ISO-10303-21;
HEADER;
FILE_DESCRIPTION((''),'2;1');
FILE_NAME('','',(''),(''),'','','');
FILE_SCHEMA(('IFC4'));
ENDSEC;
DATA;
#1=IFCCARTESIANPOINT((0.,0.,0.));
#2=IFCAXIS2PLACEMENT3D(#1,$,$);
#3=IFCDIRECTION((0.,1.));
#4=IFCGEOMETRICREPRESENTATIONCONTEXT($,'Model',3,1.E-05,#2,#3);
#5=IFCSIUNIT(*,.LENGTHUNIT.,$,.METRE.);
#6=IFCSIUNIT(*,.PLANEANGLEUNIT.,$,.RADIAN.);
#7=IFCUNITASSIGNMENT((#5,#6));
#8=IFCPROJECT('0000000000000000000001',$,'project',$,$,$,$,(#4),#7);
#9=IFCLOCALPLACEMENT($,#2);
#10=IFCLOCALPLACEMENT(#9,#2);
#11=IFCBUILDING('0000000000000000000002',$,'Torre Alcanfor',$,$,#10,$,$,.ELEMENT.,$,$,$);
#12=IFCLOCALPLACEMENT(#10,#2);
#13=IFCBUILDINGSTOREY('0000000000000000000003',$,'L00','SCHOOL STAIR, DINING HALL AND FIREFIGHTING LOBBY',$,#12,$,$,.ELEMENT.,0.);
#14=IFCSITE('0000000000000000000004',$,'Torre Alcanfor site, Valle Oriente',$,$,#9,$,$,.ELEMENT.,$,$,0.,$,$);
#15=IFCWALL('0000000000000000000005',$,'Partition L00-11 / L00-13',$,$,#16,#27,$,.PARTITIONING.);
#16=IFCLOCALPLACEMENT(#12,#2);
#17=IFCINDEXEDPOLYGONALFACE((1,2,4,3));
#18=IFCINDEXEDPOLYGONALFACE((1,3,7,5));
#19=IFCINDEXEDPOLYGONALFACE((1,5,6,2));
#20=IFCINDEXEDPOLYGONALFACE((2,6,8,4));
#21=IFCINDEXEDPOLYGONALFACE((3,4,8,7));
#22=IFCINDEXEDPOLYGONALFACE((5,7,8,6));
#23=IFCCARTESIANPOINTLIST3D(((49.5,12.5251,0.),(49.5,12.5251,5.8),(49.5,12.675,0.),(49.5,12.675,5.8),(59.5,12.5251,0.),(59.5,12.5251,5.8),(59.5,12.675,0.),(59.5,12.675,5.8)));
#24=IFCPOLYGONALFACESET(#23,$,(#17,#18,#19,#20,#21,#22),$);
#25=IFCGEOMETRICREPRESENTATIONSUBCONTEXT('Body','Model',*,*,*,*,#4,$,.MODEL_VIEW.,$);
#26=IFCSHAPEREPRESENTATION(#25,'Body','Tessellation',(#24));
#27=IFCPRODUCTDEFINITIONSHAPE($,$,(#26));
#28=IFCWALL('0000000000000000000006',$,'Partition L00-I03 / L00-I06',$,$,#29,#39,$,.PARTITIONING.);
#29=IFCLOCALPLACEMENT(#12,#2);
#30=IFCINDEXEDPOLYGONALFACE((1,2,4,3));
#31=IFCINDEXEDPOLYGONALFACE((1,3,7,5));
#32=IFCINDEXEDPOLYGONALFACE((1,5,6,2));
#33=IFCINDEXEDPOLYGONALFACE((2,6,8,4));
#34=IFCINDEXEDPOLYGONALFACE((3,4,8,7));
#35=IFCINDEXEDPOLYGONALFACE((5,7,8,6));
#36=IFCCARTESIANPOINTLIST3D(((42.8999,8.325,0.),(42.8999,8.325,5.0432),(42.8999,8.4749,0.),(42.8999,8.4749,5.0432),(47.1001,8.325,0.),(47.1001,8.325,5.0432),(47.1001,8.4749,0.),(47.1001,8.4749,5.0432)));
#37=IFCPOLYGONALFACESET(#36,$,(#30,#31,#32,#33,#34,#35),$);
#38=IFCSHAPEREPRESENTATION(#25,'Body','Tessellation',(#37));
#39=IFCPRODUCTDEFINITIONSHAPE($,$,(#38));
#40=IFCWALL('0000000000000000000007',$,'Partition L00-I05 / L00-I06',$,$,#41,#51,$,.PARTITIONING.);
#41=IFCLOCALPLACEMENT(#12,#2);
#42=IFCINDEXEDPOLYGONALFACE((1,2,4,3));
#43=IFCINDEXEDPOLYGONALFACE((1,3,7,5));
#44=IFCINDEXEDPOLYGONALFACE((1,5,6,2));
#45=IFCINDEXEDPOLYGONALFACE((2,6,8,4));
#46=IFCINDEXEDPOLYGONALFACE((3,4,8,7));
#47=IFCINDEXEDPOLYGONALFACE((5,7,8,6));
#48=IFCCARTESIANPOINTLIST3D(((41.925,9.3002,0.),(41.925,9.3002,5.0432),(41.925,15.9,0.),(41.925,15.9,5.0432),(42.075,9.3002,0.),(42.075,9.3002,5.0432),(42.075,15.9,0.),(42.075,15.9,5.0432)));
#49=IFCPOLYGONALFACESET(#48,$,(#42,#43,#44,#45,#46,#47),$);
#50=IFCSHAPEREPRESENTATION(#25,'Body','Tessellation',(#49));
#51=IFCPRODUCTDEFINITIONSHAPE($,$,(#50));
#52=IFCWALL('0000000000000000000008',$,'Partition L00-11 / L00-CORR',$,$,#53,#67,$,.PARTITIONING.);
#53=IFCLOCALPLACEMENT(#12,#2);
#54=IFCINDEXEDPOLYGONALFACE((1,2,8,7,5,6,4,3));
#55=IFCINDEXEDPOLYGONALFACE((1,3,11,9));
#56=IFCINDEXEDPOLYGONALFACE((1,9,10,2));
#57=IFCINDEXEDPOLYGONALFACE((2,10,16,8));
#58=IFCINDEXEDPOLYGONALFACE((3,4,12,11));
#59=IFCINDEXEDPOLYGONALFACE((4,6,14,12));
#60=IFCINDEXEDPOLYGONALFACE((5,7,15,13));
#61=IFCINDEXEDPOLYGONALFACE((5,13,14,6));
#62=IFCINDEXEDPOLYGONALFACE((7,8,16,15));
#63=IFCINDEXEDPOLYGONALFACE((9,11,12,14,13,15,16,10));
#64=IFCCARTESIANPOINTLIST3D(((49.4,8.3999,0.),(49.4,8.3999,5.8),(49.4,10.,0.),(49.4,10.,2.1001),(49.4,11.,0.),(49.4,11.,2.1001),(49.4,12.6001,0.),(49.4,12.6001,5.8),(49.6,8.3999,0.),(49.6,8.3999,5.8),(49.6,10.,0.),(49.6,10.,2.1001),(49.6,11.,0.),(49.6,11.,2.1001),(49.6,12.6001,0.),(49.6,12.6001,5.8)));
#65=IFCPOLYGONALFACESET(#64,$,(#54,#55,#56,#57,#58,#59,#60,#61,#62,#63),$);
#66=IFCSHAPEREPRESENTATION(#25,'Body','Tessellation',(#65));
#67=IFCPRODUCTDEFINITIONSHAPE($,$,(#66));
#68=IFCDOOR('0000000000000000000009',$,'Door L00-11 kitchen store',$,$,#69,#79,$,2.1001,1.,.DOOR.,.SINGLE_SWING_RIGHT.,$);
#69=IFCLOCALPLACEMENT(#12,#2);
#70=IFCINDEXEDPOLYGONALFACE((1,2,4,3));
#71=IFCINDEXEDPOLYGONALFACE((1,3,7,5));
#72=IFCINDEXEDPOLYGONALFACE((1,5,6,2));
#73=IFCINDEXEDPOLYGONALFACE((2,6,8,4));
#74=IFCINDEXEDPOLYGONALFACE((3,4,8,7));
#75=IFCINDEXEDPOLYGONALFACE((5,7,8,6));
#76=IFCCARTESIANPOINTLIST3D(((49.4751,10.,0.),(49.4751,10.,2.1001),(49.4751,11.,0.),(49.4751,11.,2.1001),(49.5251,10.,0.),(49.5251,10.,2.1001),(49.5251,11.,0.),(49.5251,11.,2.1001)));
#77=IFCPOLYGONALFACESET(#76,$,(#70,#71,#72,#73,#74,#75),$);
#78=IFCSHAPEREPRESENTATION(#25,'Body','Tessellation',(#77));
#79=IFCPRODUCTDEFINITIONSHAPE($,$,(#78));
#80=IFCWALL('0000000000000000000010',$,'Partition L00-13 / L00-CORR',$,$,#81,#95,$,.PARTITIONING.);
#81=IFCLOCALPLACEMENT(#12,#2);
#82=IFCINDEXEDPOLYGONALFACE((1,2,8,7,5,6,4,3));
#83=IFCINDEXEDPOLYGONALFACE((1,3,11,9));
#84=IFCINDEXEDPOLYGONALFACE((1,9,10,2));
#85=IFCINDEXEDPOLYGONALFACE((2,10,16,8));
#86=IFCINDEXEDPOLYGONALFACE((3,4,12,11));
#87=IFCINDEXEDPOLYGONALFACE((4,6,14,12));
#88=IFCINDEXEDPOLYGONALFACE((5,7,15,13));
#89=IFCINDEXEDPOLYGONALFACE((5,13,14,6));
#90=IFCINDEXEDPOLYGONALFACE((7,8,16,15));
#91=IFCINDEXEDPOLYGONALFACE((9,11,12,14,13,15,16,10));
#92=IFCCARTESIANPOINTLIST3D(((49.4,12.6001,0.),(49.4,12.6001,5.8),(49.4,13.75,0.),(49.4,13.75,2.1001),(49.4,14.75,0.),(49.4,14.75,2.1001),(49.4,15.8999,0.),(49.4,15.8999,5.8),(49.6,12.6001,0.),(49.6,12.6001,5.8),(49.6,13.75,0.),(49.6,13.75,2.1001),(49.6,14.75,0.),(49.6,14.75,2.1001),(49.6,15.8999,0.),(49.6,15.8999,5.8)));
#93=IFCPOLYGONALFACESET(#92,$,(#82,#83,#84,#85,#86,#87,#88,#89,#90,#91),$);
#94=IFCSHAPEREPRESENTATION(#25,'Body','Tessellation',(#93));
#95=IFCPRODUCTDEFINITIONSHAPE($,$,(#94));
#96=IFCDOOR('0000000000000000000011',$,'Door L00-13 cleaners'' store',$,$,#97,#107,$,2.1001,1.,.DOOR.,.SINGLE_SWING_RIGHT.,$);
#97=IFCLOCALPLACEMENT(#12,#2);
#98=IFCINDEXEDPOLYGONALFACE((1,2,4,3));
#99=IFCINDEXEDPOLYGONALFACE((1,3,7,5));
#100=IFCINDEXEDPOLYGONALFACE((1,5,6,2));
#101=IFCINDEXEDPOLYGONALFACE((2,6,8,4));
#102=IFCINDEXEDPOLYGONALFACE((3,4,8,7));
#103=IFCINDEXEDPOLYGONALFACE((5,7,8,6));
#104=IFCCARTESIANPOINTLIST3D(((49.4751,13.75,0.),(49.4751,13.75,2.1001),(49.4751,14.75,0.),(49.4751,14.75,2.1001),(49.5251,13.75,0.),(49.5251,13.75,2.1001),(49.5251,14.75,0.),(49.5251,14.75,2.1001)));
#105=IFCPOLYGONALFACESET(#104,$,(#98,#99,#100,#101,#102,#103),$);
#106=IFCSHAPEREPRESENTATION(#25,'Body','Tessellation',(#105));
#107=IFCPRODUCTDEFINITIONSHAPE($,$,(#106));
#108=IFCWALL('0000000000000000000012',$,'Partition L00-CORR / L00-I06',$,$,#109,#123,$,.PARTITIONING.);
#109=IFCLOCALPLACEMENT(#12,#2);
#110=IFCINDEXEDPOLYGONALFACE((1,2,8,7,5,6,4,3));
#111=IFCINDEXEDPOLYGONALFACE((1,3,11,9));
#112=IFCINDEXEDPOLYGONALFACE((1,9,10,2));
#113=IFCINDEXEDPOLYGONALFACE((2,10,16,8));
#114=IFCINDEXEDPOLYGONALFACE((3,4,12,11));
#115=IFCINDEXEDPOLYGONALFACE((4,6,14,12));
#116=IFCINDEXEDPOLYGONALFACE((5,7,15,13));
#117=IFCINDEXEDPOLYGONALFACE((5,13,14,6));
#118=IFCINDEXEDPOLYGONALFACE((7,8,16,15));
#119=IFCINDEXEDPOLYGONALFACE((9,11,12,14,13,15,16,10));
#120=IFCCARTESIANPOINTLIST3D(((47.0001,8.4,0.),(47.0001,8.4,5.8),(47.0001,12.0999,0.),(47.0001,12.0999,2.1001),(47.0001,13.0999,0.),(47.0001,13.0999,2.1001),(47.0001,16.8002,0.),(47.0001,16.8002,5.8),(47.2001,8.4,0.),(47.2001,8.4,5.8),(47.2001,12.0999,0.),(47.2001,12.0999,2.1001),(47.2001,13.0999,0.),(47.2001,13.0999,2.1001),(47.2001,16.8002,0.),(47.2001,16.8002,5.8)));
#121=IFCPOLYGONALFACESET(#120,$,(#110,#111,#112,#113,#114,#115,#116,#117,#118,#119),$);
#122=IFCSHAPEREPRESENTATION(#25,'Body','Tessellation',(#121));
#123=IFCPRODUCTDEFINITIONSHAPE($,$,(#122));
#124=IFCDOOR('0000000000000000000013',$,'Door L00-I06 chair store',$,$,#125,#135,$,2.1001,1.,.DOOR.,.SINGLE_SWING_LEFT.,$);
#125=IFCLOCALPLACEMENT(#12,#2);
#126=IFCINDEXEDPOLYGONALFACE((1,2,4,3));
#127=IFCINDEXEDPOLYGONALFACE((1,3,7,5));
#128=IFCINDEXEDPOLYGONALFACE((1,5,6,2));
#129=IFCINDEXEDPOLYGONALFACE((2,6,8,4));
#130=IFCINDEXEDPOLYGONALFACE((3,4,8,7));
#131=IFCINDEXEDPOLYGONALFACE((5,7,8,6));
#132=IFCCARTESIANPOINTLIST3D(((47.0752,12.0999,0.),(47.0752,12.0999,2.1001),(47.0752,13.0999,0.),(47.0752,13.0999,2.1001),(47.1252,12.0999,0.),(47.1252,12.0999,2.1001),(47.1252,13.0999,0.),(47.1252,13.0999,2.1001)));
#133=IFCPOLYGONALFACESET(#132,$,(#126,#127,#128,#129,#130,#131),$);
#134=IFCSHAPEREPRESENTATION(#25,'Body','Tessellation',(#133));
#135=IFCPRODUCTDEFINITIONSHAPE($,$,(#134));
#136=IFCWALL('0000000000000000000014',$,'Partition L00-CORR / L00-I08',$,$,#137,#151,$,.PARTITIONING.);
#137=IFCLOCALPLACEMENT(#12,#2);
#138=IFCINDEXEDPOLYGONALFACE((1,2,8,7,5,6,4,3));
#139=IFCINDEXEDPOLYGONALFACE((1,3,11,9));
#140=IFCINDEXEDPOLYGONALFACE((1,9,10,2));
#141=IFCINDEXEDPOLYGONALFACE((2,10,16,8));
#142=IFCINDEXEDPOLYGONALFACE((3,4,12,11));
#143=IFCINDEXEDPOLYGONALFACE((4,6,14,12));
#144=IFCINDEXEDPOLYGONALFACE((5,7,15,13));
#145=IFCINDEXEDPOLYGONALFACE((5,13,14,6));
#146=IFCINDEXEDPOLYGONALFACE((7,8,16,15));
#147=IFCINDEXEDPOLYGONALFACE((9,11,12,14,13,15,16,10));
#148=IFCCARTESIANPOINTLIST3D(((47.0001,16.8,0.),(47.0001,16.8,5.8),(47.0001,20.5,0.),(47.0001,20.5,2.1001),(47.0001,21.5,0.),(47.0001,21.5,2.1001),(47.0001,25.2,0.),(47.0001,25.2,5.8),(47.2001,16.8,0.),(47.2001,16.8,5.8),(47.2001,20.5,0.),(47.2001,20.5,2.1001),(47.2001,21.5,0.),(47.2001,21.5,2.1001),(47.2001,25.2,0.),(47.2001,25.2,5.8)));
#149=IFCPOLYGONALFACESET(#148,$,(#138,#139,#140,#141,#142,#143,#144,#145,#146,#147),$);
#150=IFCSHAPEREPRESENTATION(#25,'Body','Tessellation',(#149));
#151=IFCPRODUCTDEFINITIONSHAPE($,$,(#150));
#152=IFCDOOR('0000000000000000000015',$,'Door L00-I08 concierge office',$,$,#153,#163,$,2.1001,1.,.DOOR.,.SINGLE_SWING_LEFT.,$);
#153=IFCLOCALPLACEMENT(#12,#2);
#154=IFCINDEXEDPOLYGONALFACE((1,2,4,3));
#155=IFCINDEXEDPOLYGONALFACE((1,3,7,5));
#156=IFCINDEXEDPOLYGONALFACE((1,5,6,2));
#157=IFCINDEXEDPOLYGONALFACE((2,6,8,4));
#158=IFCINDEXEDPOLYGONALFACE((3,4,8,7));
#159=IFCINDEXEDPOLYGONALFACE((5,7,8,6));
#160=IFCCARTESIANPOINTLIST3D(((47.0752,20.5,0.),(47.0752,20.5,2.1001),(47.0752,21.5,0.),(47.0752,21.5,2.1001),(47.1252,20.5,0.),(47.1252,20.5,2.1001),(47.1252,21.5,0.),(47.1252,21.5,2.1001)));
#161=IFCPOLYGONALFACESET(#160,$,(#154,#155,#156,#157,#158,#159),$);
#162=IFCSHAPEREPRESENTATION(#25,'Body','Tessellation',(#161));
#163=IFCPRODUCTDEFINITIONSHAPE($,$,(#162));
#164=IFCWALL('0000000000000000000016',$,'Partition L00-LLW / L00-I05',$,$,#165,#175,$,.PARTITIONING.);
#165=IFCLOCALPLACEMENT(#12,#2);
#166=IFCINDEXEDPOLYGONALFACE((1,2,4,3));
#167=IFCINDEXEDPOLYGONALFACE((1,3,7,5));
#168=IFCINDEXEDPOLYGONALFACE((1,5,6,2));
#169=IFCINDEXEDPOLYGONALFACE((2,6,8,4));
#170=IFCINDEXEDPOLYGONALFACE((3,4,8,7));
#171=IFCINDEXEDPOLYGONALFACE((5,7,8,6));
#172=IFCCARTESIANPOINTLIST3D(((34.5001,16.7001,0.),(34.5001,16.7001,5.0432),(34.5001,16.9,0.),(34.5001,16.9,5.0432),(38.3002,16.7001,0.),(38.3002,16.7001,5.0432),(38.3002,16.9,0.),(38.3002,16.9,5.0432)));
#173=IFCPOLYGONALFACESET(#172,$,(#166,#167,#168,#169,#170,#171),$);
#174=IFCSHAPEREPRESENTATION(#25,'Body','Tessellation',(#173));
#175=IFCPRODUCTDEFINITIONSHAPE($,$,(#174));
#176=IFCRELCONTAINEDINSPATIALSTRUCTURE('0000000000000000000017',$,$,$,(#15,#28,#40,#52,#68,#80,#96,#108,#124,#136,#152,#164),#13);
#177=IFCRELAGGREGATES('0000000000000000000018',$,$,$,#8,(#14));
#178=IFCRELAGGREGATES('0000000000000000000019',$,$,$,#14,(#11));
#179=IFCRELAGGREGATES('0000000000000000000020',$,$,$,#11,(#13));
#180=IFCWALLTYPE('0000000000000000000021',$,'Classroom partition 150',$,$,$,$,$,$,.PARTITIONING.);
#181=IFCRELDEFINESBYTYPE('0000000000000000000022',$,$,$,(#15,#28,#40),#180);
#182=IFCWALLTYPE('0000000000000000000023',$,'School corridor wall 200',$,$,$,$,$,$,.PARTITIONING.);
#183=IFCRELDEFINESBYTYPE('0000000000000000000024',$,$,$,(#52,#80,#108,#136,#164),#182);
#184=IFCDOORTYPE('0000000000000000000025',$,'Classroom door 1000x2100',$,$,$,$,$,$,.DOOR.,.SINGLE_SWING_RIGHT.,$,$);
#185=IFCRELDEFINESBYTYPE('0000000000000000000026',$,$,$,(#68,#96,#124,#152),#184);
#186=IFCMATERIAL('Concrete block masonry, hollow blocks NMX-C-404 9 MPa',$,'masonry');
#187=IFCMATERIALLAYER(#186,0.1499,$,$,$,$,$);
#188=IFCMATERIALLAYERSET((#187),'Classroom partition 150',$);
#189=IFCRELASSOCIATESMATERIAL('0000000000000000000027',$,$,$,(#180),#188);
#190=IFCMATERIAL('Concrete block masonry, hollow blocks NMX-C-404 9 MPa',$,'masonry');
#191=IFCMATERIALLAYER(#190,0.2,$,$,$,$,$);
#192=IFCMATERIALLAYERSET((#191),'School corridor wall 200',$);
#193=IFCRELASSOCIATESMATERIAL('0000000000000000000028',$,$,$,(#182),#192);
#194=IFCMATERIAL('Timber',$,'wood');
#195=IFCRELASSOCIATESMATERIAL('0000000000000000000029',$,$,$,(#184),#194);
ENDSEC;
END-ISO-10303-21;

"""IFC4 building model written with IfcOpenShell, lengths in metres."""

from ifc_helpers import new_model, si_unit, direction, frame, frame_2d, origin, place, context, subcontext, project, spatial, rectangle, extrude, material, layer, layer_set, type_object, element, fill, save


model = new_model("IFC4")

# Units and contexts
model_context = context("Model", 3, precision=1e-05, world=origin(), true_north=direction((0.0, 1.0)))
body_context = subcontext(model_context, "Body", "Model", "MODEL_VIEW")
ifc_project = project(units=[si_unit("LENGTHUNIT", "METRE"), si_unit("PLANEANGLEUNIT", "RADIAN")], contexts=[model_context])

# Site, building, storey
site_placement = place(None, origin())
site = spatial("IfcSite", under=ifc_project, at=site_placement, Name="Torre Alcanfor site, Valle Oriente", CompositionType="ELEMENT", RefElevation=0.0)
building_placement = place(site_placement, origin())
building = spatial("IfcBuilding", under=site, at=building_placement, Name="Torre Alcanfor", CompositionType="ELEMENT")
storey_placement = place(building_placement, origin())
storey = spatial("IfcBuildingStorey", under=building, at=storey_placement, Name="L00", Description="SCHOOL STAIR, DINING HALL AND FIREFIGHTING LOBBY", CompositionType="ELEMENT", Elevation=0.0)

# Walls
ifc_material_1 = material(Name="Concrete block masonry, hollow blocks NMX-C-404 9 MPa", Category="masonry")
ifc_layer_1 = layer(ifc_material_1, 0.1499)
ifc_layer_set_1 = layer_set([ifc_layer_1], Name="Classroom partition 150")
wall_type_1 = type_object("IfcWallType", Name="Classroom partition 150", PredefinedType="PARTITIONING", material=ifc_layer_set_1)
wall_1_placement = place(storey_placement, frame((49.5, 12.6001, 0.0), z_axis=(0.0, 0.0, 1.0), x_axis=(1.0, 0.0, 0.0)))
element("IfcWall", 1, at=wall_1_placement, inside=storey, type_object=wall_type_1, Name="Partition L00-11 / L00-13", PredefinedType="PARTITIONING", context=body_context, shape_type="SweptSolid", body=[
    extrude(rectangle(XDim=10.0, YDim=0.1499, at=frame_2d((5.0, 0.0))), origin(), (0.0, 0.0, 1.0), 5.8),
])
wall_2_placement = place(storey_placement, frame((42.8999, 8.3999, 0.0), z_axis=(0.0, 0.0, 1.0), x_axis=(1.0, 0.0, 0.0)))
element("IfcWall", 2, at=wall_2_placement, inside=storey, type_object=wall_type_1, Name="Partition L00-I03 / L00-I06", PredefinedType="PARTITIONING", context=body_context, shape_type="SweptSolid", body=[
    extrude(rectangle(XDim=4.2002, YDim=0.1499, at=frame_2d((2.1001, 0.0))), origin(), (0.0, 0.0, 1.0), 5.0432),
])
wall_3_placement = place(storey_placement, frame((42.0, 15.8999, 0.0), z_axis=(0.0, 0.0, 1.0), x_axis=(0.0, -1.0, 0.0)))
element("IfcWall", 3, at=wall_3_placement, inside=storey, type_object=wall_type_1, Name="Partition L00-I05 / L00-I06", PredefinedType="PARTITIONING", context=body_context, shape_type="SweptSolid", body=[
    extrude(rectangle(XDim=6.5999, YDim=0.1499, at=frame_2d((3.2998, 0.0))), origin(), (0.0, 0.0, 1.0), 5.0432),
])

# Walls, openings, doors
ifc_material_2 = material(Name="Concrete block masonry, hollow blocks NMX-C-404 9 MPa", Category="masonry")
ifc_layer_2 = layer(ifc_material_2, 0.2)
ifc_layer_set_2 = layer_set([ifc_layer_2], Name="School corridor wall 200")
wall_type_2 = type_object("IfcWallType", Name="School corridor wall 200", PredefinedType="PARTITIONING", material=ifc_layer_set_2)
wall_4_placement = place(storey_placement, frame((49.5, 8.3999, 0.0), z_axis=(0.0, 0.0, 1.0), x_axis=(0.0, 1.0, 0.0)))
wall_4 = element("IfcWall", 4, at=wall_4_placement, inside=storey, type_object=wall_type_2, Name="Partition L00-11 / L00-CORR", PredefinedType="PARTITIONING", context=body_context, shape_type="SweptSolid", body=[
    extrude(rectangle(XDim=4.2002, YDim=0.2, at=frame_2d((2.1001, 0.0))), origin(), (0.0, 0.0, 1.0), 5.8),
])
opening_1_placement = place(wall_4_placement, frame((1.6001, 0.0, 0.0)))
opening_1 = element("IfcOpeningElement", 5, at=opening_1_placement, cuts=wall_4, PredefinedType="OPENING", context=body_context, shape_type="SweptSolid", body=[
    extrude(rectangle(XDim=1.0, YDim=2.1001, at=frame_2d((0.5, 1.05))), frame((0.0, 0.1099, 0.0), z_axis=(0.0, -1.0, 0.0), x_axis=(1.0, 0.0, 0.0)), (0.0, 0.0, 1.0), 0.22),
])
ifc_material_3 = material(Name="Timber", Category="wood")
door_type_1 = type_object("IfcDoorType", Name="Classroom door 1000x2100", OperationType="SINGLE_SWING_RIGHT", PredefinedType="DOOR", material=ifc_material_3)
door_1_placement = place(opening_1_placement, frame((1.0, 0.0, 0.0), z_axis=(0.0, 0.0, 1.0), x_axis=(-1.0, 0.0, 0.0)))
door_1 = element("IfcDoor", 6, at=door_1_placement, inside=storey, type_object=door_type_1, Name="Door L00-11 kitchen store", OperationType="SINGLE_SWING_RIGHT", OverallHeight=2.1001, OverallWidth=1.0, PredefinedType="DOOR", context=body_context, shape_type="SweptSolid", body=[
    extrude(rectangle(XDim=1.0, YDim=2.1001, at=frame_2d((0.5, 1.05))), frame((0.0, 0.0251, 0.0), z_axis=(0.0, -1.0, 0.0), x_axis=(1.0, 0.0, 0.0)), (0.0, 0.0, 1.0), 0.05),
])
fill(opening_1, door_1)
wall_5_placement = place(storey_placement, frame((49.5, 12.6001, 0.0), z_axis=(0.0, 0.0, 1.0), x_axis=(0.0, 1.0, 0.0)))
wall_5 = element("IfcWall", 7, at=wall_5_placement, inside=storey, type_object=wall_type_2, Name="Partition L00-13 / L00-CORR", PredefinedType="PARTITIONING", context=body_context, shape_type="SweptSolid", body=[
    extrude(rectangle(XDim=3.2998, YDim=0.2, at=frame_2d((1.6499, 0.0))), origin(), (0.0, 0.0, 1.0), 5.8),
])
opening_2_placement = place(wall_5_placement, frame((1.1499, 0.0, 0.0)))
opening_2 = element("IfcOpeningElement", 8, at=opening_2_placement, cuts=wall_5, PredefinedType="OPENING", context=body_context, shape_type="SweptSolid", body=[
    extrude(rectangle(XDim=1.0, YDim=2.1001, at=frame_2d((0.5, 1.05))), frame((0.0, 0.1099, 0.0), z_axis=(0.0, -1.0, 0.0), x_axis=(1.0, 0.0, 0.0)), (0.0, 0.0, 1.0), 0.22),
])
door_2_placement = place(opening_2_placement, frame((1.0, 0.0, 0.0), z_axis=(0.0, 0.0, 1.0), x_axis=(-1.0, 0.0, 0.0)))
door_2 = element("IfcDoor", 9, at=door_2_placement, inside=storey, type_object=door_type_1, Name="Door L00-13 cleaners' store", OperationType="SINGLE_SWING_RIGHT", OverallHeight=2.1001, OverallWidth=1.0, PredefinedType="DOOR", context=body_context, shape_type="SweptSolid", body=[
    extrude(rectangle(XDim=1.0, YDim=2.1001, at=frame_2d((0.5, 1.05))), frame((0.0, 0.0251, 0.0), z_axis=(0.0, -1.0, 0.0), x_axis=(1.0, 0.0, 0.0)), (0.0, 0.0, 1.0), 0.05),
])
fill(opening_2, door_2)
wall_6_placement = place(storey_placement, frame((47.1001, 8.3999, 0.0), z_axis=(0.0, 0.0, 1.0), x_axis=(0.0, 1.0, 0.0)))
wall_6 = element("IfcWall", 10, at=wall_6_placement, inside=storey, type_object=wall_type_2, Name="Partition L00-CORR / L00-I06", PredefinedType="PARTITIONING", context=body_context, shape_type="SweptSolid", body=[
    extrude(rectangle(XDim=8.4001, YDim=0.2, at=frame_2d((4.2002, 0.0))), origin(), (0.0, 0.0, 1.0), 5.8),
])
opening_3_placement = place(wall_6_placement, frame((3.7, 0.0, 0.0)))
opening_3 = element("IfcOpeningElement", 11, at=opening_3_placement, cuts=wall_6, PredefinedType="OPENING", context=body_context, shape_type="SweptSolid", body=[
    extrude(rectangle(XDim=1.0, YDim=2.1001, at=frame_2d((0.5, 1.05))), frame((0.0, 0.1099, 0.0), z_axis=(0.0, -1.0, 0.0), x_axis=(1.0, 0.0, 0.0)), (0.0, 0.0, 1.0), 0.22),
])
door_3_placement = place(opening_3_placement, origin())
door_3 = element("IfcDoor", 12, at=door_3_placement, inside=storey, type_object=door_type_1, Name="Door L00-I06 chair store", OperationType="SINGLE_SWING_LEFT", OverallHeight=2.1001, OverallWidth=1.0, PredefinedType="DOOR", context=body_context, shape_type="SweptSolid", body=[
    extrude(rectangle(XDim=1.0, YDim=2.1001, at=frame_2d((0.5, 1.05))), frame((0.0, 0.0249, 0.0), z_axis=(0.0, -1.0, 0.0), x_axis=(1.0, 0.0, 0.0)), (0.0, 0.0, 1.0), 0.05),
])
fill(opening_3, door_3)
wall_7_placement = place(storey_placement, frame((47.1001, 16.8, 0.0), z_axis=(0.0, 0.0, 1.0), x_axis=(0.0, 1.0, 0.0)))
wall_7 = element("IfcWall", 13, at=wall_7_placement, inside=storey, type_object=wall_type_2, Name="Partition L00-CORR / L00-I08", PredefinedType="PARTITIONING", context=body_context, shape_type="SweptSolid", body=[
    extrude(rectangle(XDim=8.3999, YDim=0.2, at=frame_2d((4.2, 0.0))), origin(), (0.0, 0.0, 1.0), 5.8),
])
opening_4_placement = place(wall_7_placement, frame((3.7, 0.0, 0.0)))
opening_4 = element("IfcOpeningElement", 14, at=opening_4_placement, cuts=wall_7, PredefinedType="OPENING", context=body_context, shape_type="SweptSolid", body=[
    extrude(rectangle(XDim=1.0, YDim=2.1001, at=frame_2d((0.5, 1.05))), frame((0.0, 0.1099, 0.0), z_axis=(0.0, -1.0, 0.0), x_axis=(1.0, 0.0, 0.0)), (0.0, 0.0, 1.0), 0.22),
])
door_4_placement = place(opening_4_placement, origin())
door_4 = element("IfcDoor", 15, at=door_4_placement, inside=storey, type_object=door_type_1, Name="Door L00-I08 concierge office", OperationType="SINGLE_SWING_LEFT", OverallHeight=2.1001, OverallWidth=1.0, PredefinedType="DOOR", context=body_context, shape_type="SweptSolid", body=[
    extrude(rectangle(XDim=1.0, YDim=2.1001, at=frame_2d((0.5, 1.05))), frame((0.0, 0.0249, 0.0), z_axis=(0.0, -1.0, 0.0), x_axis=(1.0, 0.0, 0.0)), (0.0, 0.0, 1.0), 0.05),
])
fill(opening_4, door_4)

# Wall
wall_8_placement = place(storey_placement, frame((38.3, 16.8, 0.0), z_axis=(0.0, 0.0, 1.0), x_axis=(-1.0, 0.0, 0.0)))
element("IfcWall", 16, at=wall_8_placement, inside=storey, type_object=wall_type_2, Name="Partition L00-LLW / L00-I05", PredefinedType="PARTITIONING", context=body_context, shape_type="SweptSolid", body=[
    extrude(rectangle(XDim=3.8, YDim=0.2, at=frame_2d((1.8999, 0.0))), origin(), (0.0, 0.0, 1.0), 5.0432),
])

save(model, "model.ifc")
